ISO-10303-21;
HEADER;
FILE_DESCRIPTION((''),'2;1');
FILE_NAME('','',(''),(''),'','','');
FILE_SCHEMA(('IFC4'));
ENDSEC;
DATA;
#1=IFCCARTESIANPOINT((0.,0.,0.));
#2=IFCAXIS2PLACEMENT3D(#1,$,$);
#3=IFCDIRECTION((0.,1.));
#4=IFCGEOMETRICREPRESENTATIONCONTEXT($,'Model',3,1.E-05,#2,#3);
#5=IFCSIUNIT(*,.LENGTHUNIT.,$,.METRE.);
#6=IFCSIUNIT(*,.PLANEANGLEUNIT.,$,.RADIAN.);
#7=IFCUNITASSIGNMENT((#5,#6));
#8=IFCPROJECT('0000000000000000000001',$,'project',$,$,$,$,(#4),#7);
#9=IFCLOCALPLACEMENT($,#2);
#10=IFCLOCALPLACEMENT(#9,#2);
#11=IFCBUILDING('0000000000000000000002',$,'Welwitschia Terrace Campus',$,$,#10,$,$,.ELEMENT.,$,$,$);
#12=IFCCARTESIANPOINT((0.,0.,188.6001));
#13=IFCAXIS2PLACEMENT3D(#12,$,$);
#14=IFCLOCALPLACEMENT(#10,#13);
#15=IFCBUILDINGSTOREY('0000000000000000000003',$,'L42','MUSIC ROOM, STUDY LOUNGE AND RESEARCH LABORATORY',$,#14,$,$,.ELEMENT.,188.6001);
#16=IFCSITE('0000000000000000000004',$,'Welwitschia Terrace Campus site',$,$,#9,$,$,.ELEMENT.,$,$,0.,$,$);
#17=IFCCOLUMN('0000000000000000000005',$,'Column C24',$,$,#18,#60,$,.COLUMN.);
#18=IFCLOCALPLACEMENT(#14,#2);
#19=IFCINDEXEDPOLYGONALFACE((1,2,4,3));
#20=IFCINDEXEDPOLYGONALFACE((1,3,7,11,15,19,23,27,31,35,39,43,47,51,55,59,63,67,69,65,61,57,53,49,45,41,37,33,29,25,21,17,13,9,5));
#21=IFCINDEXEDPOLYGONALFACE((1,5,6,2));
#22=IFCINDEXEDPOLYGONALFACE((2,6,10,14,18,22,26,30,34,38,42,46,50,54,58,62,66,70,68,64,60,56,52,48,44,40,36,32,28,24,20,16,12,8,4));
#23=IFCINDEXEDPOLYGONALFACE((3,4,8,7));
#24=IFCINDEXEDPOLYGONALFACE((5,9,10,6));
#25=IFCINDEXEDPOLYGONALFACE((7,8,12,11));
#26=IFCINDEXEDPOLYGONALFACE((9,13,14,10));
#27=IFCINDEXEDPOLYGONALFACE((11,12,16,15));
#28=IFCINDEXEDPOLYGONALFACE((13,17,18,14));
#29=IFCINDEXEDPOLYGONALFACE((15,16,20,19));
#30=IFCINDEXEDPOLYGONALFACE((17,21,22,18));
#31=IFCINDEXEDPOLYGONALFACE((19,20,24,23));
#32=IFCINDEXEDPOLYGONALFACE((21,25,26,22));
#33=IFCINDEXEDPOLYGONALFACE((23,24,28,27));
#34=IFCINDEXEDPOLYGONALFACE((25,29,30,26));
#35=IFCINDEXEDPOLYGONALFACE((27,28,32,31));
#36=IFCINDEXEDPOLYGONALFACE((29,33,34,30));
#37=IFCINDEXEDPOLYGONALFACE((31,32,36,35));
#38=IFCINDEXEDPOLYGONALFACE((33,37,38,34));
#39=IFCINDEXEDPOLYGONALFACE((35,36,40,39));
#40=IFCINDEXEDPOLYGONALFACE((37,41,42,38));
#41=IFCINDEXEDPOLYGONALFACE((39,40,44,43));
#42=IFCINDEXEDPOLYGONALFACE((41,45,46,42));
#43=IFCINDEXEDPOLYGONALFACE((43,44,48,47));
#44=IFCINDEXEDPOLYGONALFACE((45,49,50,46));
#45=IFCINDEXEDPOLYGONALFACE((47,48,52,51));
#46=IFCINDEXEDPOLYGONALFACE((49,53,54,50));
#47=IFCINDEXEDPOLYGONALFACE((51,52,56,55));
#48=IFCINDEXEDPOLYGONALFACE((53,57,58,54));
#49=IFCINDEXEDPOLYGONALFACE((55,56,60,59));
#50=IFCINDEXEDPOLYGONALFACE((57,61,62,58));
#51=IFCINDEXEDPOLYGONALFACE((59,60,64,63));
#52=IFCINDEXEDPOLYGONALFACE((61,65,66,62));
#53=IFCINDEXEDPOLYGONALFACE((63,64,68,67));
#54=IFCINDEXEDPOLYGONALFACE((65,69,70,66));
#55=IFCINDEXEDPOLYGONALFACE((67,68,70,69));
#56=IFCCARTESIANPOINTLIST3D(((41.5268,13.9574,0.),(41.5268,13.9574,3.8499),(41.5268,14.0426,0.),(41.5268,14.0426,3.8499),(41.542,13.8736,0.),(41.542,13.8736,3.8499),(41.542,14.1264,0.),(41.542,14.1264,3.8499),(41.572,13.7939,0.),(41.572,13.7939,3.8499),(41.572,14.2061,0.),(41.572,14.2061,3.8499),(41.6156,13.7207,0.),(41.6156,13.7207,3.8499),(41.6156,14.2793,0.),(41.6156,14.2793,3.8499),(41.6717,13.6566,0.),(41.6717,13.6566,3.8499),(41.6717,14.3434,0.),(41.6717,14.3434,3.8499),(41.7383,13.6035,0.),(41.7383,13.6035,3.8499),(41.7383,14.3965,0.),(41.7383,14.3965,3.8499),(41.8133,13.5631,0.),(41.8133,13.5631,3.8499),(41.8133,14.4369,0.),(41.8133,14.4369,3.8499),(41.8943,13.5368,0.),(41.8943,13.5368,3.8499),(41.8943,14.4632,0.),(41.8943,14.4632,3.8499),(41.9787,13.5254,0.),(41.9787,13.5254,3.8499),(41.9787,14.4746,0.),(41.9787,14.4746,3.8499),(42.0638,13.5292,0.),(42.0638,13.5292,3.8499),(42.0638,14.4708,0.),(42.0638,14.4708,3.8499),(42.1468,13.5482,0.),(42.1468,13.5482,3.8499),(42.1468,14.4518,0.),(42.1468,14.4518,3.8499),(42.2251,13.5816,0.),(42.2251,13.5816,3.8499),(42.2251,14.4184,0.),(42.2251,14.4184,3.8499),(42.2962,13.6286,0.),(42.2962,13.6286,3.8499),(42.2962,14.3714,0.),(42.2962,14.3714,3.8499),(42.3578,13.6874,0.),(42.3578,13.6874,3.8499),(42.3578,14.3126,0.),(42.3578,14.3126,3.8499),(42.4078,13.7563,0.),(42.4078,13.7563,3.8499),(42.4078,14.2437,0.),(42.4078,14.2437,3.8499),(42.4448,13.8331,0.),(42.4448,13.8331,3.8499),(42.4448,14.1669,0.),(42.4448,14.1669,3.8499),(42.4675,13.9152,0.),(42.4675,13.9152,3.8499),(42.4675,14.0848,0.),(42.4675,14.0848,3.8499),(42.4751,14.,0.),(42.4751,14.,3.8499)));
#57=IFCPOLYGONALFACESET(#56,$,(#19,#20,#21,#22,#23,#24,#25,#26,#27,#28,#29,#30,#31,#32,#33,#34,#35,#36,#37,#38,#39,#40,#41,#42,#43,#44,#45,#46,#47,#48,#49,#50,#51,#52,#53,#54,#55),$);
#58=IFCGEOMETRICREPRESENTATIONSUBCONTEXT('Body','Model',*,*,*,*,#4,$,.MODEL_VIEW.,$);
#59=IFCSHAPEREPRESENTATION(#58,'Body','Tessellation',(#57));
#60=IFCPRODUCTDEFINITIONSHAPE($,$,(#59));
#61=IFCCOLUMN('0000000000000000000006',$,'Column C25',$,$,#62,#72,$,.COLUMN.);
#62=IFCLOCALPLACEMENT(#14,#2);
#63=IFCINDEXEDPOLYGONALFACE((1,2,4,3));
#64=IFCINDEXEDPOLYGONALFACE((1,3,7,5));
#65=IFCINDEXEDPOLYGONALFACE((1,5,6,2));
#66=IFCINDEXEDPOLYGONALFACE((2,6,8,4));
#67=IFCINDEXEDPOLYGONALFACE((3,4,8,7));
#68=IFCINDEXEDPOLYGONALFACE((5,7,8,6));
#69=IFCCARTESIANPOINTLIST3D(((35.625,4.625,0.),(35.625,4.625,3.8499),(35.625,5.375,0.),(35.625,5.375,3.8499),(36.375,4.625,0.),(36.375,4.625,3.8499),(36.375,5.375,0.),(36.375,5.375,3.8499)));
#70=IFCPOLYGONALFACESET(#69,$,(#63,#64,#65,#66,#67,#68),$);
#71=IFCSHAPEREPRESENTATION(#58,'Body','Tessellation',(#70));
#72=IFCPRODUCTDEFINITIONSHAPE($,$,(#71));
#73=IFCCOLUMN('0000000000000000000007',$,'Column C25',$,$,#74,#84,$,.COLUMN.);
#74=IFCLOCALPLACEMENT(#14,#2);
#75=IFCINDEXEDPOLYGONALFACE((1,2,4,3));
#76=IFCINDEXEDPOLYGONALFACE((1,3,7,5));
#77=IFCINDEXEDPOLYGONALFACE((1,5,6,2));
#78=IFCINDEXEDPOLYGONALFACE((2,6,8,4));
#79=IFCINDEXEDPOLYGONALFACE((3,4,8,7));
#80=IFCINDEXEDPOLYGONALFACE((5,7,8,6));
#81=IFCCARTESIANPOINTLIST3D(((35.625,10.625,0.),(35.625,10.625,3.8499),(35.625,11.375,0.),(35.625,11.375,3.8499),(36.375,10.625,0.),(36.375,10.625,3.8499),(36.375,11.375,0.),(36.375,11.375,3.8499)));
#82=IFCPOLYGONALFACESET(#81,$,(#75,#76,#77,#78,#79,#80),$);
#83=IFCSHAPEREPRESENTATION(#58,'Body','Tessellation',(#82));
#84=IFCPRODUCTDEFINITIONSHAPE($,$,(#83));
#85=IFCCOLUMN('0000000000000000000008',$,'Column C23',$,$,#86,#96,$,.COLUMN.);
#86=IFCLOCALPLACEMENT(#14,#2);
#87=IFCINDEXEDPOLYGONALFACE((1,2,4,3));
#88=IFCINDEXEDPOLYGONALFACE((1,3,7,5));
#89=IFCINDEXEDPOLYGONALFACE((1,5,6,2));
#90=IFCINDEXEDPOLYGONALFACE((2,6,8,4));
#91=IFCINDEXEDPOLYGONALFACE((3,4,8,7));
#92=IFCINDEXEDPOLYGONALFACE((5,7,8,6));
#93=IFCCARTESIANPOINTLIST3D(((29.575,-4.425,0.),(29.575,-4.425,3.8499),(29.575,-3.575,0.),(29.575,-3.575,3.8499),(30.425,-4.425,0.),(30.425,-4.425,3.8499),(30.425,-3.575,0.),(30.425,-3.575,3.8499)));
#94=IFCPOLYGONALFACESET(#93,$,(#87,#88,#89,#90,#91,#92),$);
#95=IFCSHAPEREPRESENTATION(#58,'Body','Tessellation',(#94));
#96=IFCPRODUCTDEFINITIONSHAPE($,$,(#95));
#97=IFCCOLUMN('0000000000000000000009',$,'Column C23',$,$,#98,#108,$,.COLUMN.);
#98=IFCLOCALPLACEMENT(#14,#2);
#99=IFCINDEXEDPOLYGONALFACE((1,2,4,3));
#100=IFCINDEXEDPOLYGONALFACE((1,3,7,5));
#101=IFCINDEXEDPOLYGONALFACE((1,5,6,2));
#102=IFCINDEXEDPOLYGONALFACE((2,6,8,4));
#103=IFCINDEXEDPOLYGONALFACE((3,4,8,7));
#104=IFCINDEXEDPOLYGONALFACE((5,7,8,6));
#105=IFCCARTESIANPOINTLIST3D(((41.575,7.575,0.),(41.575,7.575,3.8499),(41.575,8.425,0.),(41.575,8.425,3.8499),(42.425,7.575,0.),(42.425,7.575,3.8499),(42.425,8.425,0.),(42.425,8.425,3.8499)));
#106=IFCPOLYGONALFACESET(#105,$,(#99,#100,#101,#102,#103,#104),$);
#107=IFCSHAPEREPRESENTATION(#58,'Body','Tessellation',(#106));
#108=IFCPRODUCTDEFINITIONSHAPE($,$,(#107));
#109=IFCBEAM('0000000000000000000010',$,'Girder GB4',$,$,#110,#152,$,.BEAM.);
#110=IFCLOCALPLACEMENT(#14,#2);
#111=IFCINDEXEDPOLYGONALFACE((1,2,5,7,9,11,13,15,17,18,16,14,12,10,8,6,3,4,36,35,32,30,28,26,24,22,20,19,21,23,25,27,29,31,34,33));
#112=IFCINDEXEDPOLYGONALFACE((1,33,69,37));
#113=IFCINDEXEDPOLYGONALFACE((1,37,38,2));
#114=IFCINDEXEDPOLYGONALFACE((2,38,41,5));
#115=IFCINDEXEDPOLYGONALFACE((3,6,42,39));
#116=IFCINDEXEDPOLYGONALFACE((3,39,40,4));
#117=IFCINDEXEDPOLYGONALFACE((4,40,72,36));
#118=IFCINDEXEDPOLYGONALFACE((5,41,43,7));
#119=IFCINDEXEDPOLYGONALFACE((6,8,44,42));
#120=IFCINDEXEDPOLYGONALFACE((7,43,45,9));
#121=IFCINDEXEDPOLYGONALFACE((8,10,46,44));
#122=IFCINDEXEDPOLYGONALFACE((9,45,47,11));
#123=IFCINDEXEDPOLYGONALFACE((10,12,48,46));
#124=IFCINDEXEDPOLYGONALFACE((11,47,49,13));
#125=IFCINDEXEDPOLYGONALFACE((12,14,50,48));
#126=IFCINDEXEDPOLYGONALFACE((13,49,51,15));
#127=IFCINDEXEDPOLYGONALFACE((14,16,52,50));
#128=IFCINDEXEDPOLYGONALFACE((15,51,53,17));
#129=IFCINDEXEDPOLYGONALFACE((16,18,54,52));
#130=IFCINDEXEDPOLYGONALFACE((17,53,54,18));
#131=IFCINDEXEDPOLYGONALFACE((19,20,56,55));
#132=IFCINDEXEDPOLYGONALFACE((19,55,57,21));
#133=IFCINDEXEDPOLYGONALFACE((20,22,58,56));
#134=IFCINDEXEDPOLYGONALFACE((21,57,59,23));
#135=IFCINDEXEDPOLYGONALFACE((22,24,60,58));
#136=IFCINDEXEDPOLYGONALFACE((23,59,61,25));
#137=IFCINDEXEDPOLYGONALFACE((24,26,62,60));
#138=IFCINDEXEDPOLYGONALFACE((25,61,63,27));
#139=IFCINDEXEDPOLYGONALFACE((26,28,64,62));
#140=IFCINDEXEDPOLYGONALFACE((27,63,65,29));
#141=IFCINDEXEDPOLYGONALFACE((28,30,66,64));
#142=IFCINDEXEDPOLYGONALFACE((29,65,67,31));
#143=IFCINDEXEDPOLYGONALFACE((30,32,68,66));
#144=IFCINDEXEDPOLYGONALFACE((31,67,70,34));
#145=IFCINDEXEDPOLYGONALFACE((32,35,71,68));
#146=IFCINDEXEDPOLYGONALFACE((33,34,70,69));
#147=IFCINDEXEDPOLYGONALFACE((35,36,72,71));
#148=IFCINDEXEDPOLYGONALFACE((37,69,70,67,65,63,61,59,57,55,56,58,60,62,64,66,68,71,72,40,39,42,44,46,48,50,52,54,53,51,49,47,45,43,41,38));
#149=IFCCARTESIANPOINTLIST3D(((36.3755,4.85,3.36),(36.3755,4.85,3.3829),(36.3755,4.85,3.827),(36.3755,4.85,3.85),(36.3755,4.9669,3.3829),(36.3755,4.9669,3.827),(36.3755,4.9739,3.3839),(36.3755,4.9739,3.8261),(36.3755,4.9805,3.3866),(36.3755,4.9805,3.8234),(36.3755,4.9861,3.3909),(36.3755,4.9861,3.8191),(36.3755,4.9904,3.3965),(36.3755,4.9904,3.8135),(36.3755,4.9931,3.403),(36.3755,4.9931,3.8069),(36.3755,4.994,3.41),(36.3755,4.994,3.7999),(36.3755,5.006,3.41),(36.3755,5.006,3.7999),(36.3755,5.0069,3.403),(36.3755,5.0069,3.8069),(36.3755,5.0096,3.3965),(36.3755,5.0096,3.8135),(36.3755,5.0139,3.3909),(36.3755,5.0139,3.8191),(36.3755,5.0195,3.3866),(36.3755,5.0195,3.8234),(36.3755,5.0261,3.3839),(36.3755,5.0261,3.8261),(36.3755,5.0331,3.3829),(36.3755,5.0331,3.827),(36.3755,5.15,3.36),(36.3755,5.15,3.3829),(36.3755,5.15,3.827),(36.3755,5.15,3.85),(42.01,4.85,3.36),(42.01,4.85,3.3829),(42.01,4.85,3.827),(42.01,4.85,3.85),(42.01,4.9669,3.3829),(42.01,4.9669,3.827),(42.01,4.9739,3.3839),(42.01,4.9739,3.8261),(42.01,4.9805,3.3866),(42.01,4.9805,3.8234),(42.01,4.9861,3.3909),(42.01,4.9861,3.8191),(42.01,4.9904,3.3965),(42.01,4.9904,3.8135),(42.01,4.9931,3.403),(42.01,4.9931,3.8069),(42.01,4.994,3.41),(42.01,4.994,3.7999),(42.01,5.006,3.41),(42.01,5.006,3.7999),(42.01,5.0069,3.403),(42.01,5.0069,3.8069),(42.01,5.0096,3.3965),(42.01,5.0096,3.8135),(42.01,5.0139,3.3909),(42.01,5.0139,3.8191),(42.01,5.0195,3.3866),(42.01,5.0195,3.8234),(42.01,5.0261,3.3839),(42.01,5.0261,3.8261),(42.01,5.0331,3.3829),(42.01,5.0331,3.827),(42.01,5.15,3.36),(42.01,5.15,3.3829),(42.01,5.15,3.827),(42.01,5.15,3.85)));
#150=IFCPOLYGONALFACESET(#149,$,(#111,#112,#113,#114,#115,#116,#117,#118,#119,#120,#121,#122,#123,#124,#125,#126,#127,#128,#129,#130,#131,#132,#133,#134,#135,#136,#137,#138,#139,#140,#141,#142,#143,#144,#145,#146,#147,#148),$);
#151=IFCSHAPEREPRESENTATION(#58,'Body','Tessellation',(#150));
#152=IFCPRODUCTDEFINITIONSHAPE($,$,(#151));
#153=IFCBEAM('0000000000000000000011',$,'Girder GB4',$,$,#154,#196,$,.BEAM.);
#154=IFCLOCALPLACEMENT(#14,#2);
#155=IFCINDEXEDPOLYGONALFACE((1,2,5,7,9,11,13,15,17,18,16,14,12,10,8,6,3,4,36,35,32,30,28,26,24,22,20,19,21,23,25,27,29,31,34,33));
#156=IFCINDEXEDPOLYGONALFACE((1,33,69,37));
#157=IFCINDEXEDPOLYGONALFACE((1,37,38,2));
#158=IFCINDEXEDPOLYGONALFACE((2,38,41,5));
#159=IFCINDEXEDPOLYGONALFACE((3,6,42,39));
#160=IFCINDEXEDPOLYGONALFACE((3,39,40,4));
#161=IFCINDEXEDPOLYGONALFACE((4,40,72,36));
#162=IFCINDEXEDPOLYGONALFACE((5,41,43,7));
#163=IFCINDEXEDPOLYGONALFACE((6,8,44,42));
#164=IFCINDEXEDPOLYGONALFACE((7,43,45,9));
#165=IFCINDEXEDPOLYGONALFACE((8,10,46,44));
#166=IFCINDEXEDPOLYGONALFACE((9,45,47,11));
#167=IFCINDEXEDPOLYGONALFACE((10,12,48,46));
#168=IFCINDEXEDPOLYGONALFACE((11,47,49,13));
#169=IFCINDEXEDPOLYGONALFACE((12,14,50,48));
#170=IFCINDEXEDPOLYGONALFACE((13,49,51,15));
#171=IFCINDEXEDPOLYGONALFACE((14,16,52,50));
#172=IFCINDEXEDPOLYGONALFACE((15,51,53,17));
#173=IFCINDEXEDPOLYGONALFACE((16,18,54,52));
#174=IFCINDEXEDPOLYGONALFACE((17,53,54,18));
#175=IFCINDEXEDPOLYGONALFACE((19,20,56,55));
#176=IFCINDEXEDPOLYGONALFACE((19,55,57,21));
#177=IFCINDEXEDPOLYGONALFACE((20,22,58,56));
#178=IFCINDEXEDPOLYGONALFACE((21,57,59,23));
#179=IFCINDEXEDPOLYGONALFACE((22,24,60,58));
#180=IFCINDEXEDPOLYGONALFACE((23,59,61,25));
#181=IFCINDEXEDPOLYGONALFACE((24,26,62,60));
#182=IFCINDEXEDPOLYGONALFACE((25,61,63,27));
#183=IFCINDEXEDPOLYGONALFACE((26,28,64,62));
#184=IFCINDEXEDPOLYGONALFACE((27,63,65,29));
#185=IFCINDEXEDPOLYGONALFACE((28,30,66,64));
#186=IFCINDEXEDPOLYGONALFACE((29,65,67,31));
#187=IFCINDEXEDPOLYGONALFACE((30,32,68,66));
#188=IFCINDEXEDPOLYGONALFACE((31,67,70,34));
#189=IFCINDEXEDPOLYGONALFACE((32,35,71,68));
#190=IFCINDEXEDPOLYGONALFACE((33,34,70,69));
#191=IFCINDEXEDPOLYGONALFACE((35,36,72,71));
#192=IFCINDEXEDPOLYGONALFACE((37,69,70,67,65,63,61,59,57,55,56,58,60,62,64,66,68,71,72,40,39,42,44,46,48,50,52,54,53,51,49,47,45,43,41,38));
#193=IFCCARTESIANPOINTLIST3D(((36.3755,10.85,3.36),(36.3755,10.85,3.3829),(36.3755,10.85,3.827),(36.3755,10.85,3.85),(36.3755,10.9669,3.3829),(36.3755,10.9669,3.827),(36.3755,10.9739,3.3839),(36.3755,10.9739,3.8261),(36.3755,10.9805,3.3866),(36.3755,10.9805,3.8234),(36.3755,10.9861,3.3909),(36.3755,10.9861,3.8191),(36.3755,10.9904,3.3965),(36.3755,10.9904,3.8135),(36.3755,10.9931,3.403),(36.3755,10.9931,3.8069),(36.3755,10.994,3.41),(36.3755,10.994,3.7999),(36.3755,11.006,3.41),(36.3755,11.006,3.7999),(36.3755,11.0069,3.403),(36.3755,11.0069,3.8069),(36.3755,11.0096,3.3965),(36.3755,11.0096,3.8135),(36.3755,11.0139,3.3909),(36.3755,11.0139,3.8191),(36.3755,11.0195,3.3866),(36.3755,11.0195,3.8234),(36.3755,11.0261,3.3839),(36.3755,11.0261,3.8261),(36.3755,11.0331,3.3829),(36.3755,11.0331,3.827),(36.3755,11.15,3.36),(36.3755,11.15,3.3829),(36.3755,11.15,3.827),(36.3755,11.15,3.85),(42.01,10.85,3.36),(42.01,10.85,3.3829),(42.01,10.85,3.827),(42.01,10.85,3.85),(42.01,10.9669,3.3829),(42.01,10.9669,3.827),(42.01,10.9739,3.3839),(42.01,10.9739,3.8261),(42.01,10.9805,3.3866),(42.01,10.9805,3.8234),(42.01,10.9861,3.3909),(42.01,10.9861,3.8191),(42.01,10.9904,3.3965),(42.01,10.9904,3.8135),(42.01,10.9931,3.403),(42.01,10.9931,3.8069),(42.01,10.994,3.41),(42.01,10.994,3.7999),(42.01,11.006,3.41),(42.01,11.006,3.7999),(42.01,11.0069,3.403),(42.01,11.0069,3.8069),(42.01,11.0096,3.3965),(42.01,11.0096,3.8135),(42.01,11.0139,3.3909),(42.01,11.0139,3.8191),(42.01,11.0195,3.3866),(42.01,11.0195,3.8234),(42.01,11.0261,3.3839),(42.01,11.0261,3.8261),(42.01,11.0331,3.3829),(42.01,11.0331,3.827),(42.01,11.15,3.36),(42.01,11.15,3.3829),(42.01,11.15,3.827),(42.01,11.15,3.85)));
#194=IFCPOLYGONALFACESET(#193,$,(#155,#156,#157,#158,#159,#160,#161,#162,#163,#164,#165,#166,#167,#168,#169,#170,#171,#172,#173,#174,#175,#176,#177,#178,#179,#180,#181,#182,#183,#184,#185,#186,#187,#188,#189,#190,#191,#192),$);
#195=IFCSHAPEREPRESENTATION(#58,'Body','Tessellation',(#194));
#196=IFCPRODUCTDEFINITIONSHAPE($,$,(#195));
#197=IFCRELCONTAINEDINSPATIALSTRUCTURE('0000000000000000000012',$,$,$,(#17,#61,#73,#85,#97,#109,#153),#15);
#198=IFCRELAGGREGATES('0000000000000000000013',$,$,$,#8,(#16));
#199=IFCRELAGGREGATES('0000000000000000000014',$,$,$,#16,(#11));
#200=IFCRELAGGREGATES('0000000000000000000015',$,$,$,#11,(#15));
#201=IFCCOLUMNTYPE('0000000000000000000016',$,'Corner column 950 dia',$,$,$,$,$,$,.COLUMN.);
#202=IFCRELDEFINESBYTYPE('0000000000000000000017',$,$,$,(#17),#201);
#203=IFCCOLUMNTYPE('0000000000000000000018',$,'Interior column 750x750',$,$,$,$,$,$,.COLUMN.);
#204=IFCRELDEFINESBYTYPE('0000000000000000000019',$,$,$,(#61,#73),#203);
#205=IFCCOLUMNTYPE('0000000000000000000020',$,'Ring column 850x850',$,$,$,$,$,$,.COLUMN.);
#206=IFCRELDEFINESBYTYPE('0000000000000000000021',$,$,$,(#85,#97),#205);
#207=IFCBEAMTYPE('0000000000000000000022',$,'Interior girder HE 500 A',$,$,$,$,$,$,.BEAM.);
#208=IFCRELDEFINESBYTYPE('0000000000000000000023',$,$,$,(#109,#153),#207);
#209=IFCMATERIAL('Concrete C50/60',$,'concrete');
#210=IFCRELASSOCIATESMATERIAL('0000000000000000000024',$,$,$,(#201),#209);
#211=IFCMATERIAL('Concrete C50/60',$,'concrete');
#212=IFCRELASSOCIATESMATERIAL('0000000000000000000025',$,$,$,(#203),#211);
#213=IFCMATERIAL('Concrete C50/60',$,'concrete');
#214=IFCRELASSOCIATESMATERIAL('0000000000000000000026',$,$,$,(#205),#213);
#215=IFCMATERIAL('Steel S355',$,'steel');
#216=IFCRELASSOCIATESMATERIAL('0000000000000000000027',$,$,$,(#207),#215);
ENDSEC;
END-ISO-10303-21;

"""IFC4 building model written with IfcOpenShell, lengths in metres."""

from ifc_helpers import new_model, si_unit, direction, frame, origin, origin_2d, place, context, subcontext, project, spatial, rectangle, circle, i_section, extrude, material, material_profile, profile_set, type_object, element, save


model = new_model("IFC4")

# Units and contexts
model_context = context("Model", 3, precision=1e-05, world=origin(), true_north=direction((0.0, 1.0)))
body_context = subcontext(model_context, "Body", "Model", "MODEL_VIEW")
ifc_project = project(units=[si_unit("LENGTHUNIT", "METRE"), si_unit("PLANEANGLEUNIT", "RADIAN")], contexts=[model_context])

# Site, building, storey
site_placement = place(None, origin())
site = spatial("IfcSite", under=ifc_project, at=site_placement, Name="Welwitschia Terrace Campus site", CompositionType="ELEMENT", RefElevation=0.0)
building_placement = place(site_placement, origin())
building = spatial("IfcBuilding", under=site, at=building_placement, Name="Welwitschia Terrace Campus", CompositionType="ELEMENT")
storey_placement = place(building_placement, frame((0.0, 0.0, 188.6001)))
storey = spatial("IfcBuildingStorey", under=building, at=storey_placement, Name="L42", Description="MUSIC ROOM, STUDY LOUNGE AND RESEARCH LABORATORY", CompositionType="ELEMENT", Elevation=188.6001)

# Columns
ifc_material_1 = material(Name="Concrete C50/60", Category="concrete")
ifc_material_profile_1 = material_profile(ifc_material_1, circle(Radius=0.4751, at=origin_2d()))
ifc_profile_set_1 = profile_set([ifc_material_profile_1], Name="Concrete C50/60")
column_type_1 = type_object("IfcColumnType", Name="Corner column 950 dia", PredefinedType="COLUMN", material=ifc_profile_set_1)
for number, where, z_axis, x_axis, name in (
    (1, (42.0, 14.0, 0.0), (0.0, 0.0, 1.0), (1.0, 0.0, 0.0), "Column C24"),
):
    element("IfcColumn", number, at=place(storey_placement, frame(where, z_axis=z_axis, x_axis=x_axis)), inside=storey, type_object=column_type_1, Name=name, PredefinedType="COLUMN", context=body_context, shape_type="SweptSolid", body=[
        extrude(circle(Radius=0.4751, at=origin_2d()), origin(), (0.0, 0.0, 1.0), 3.8499),
    ])
ifc_material_2 = material(Name="Concrete C50/60", Category="concrete")
ifc_material_profile_2 = material_profile(ifc_material_2, rectangle(XDim=0.75, YDim=0.75, at=origin_2d()))
ifc_profile_set_2 = profile_set([ifc_material_profile_2], Name="Concrete C50/60")
column_type_2 = type_object("IfcColumnType", Name="Interior column 750x750", PredefinedType="COLUMN", material=ifc_profile_set_2)
for number, where, z_axis, x_axis, name in (
    (2, (36.0, 5.0, 0.0), (0.0, 0.0, 1.0), (1.0, 0.0, 0.0), "Column C25"),
    (3, (36.0, 11.0, 0.0), (0.0, 0.0, 1.0), (1.0, 0.0, 0.0), "Column C25"),
):
    element("IfcColumn", number, at=place(storey_placement, frame(where, z_axis=z_axis, x_axis=x_axis)), inside=storey, type_object=column_type_2, Name=name, PredefinedType="COLUMN", context=body_context, shape_type="SweptSolid", body=[
        extrude(rectangle(XDim=0.75, YDim=0.75, at=origin_2d()), origin(), (0.0, 0.0, 1.0), 3.8499),
    ])
ifc_material_3 = material(Name="Concrete C50/60", Category="concrete")
ifc_material_profile_3 = material_profile(ifc_material_3, rectangle(XDim=0.8501, YDim=0.8501, at=origin_2d()))
ifc_profile_set_3 = profile_set([ifc_material_profile_3], Name="Concrete C50/60")
column_type_3 = type_object("IfcColumnType", Name="Ring column 850x850", PredefinedType="COLUMN", material=ifc_profile_set_3)
for number, where, z_axis, x_axis, name in (
    (4, (30.0, -4.0, 0.0), (0.0, 0.0, 1.0), (1.0, 0.0, 0.0), "Column C23"),
    (5, (42.0, 8.0, 0.0), (0.0, 0.0, 1.0), (1.0, 0.0, 0.0), "Column C23"),
):
    element("IfcColumn", number, at=place(storey_placement, frame(where, z_axis=z_axis, x_axis=x_axis)), inside=storey, type_object=column_type_3, Name=name, PredefinedType="COLUMN", context=body_context, shape_type="SweptSolid", body=[
        extrude(rectangle(XDim=0.8501, YDim=0.8501, at=origin_2d()), origin(), (0.0, 0.0, 1.0), 3.8499),
    ])

# Beams
ifc_material_4 = material(Name="Steel S355", Category="steel")
ifc_material_profile_4 = material_profile(ifc_material_4, i_section(OverallWidth=0.3, OverallDepth=0.49, WebThickness=0.012, FlangeThickness=0.0229, FilletRadius=0.0271, at=origin_2d()))
ifc_profile_set_4 = profile_set([ifc_material_profile_4], Name="Steel S355")
beam_type_1 = type_object("IfcBeamType", Name="Interior girder HE 500 A", PredefinedType="BEAM", material=ifc_profile_set_4)
for number, where, z_axis, x_axis, name in (
    (6, (36.3755, 5.0, 3.605), (1.0, 0.0, 0.0), (0.0, 1.0, 0.0), "Girder GB4"),
    (7, (36.3755, 11.0, 3.605), (1.0, 0.0, 0.0), (0.0, 1.0, 0.0), "Girder GB4"),
):
    element("IfcBeam", number, at=place(storey_placement, frame(where, z_axis=z_axis, x_axis=x_axis)), inside=storey, type_object=beam_type_1, Name=name, PredefinedType="BEAM", context=body_context, shape_type="SweptSolid", body=[
        extrude(i_section(OverallWidth=0.3, OverallDepth=0.49, WebThickness=0.012, FlangeThickness=0.0229, FilletRadius=0.0271, at=origin_2d()), origin(), (0.0, 0.0, 1.0), 5.6345),
    ])

save(model, "model.ifc")
